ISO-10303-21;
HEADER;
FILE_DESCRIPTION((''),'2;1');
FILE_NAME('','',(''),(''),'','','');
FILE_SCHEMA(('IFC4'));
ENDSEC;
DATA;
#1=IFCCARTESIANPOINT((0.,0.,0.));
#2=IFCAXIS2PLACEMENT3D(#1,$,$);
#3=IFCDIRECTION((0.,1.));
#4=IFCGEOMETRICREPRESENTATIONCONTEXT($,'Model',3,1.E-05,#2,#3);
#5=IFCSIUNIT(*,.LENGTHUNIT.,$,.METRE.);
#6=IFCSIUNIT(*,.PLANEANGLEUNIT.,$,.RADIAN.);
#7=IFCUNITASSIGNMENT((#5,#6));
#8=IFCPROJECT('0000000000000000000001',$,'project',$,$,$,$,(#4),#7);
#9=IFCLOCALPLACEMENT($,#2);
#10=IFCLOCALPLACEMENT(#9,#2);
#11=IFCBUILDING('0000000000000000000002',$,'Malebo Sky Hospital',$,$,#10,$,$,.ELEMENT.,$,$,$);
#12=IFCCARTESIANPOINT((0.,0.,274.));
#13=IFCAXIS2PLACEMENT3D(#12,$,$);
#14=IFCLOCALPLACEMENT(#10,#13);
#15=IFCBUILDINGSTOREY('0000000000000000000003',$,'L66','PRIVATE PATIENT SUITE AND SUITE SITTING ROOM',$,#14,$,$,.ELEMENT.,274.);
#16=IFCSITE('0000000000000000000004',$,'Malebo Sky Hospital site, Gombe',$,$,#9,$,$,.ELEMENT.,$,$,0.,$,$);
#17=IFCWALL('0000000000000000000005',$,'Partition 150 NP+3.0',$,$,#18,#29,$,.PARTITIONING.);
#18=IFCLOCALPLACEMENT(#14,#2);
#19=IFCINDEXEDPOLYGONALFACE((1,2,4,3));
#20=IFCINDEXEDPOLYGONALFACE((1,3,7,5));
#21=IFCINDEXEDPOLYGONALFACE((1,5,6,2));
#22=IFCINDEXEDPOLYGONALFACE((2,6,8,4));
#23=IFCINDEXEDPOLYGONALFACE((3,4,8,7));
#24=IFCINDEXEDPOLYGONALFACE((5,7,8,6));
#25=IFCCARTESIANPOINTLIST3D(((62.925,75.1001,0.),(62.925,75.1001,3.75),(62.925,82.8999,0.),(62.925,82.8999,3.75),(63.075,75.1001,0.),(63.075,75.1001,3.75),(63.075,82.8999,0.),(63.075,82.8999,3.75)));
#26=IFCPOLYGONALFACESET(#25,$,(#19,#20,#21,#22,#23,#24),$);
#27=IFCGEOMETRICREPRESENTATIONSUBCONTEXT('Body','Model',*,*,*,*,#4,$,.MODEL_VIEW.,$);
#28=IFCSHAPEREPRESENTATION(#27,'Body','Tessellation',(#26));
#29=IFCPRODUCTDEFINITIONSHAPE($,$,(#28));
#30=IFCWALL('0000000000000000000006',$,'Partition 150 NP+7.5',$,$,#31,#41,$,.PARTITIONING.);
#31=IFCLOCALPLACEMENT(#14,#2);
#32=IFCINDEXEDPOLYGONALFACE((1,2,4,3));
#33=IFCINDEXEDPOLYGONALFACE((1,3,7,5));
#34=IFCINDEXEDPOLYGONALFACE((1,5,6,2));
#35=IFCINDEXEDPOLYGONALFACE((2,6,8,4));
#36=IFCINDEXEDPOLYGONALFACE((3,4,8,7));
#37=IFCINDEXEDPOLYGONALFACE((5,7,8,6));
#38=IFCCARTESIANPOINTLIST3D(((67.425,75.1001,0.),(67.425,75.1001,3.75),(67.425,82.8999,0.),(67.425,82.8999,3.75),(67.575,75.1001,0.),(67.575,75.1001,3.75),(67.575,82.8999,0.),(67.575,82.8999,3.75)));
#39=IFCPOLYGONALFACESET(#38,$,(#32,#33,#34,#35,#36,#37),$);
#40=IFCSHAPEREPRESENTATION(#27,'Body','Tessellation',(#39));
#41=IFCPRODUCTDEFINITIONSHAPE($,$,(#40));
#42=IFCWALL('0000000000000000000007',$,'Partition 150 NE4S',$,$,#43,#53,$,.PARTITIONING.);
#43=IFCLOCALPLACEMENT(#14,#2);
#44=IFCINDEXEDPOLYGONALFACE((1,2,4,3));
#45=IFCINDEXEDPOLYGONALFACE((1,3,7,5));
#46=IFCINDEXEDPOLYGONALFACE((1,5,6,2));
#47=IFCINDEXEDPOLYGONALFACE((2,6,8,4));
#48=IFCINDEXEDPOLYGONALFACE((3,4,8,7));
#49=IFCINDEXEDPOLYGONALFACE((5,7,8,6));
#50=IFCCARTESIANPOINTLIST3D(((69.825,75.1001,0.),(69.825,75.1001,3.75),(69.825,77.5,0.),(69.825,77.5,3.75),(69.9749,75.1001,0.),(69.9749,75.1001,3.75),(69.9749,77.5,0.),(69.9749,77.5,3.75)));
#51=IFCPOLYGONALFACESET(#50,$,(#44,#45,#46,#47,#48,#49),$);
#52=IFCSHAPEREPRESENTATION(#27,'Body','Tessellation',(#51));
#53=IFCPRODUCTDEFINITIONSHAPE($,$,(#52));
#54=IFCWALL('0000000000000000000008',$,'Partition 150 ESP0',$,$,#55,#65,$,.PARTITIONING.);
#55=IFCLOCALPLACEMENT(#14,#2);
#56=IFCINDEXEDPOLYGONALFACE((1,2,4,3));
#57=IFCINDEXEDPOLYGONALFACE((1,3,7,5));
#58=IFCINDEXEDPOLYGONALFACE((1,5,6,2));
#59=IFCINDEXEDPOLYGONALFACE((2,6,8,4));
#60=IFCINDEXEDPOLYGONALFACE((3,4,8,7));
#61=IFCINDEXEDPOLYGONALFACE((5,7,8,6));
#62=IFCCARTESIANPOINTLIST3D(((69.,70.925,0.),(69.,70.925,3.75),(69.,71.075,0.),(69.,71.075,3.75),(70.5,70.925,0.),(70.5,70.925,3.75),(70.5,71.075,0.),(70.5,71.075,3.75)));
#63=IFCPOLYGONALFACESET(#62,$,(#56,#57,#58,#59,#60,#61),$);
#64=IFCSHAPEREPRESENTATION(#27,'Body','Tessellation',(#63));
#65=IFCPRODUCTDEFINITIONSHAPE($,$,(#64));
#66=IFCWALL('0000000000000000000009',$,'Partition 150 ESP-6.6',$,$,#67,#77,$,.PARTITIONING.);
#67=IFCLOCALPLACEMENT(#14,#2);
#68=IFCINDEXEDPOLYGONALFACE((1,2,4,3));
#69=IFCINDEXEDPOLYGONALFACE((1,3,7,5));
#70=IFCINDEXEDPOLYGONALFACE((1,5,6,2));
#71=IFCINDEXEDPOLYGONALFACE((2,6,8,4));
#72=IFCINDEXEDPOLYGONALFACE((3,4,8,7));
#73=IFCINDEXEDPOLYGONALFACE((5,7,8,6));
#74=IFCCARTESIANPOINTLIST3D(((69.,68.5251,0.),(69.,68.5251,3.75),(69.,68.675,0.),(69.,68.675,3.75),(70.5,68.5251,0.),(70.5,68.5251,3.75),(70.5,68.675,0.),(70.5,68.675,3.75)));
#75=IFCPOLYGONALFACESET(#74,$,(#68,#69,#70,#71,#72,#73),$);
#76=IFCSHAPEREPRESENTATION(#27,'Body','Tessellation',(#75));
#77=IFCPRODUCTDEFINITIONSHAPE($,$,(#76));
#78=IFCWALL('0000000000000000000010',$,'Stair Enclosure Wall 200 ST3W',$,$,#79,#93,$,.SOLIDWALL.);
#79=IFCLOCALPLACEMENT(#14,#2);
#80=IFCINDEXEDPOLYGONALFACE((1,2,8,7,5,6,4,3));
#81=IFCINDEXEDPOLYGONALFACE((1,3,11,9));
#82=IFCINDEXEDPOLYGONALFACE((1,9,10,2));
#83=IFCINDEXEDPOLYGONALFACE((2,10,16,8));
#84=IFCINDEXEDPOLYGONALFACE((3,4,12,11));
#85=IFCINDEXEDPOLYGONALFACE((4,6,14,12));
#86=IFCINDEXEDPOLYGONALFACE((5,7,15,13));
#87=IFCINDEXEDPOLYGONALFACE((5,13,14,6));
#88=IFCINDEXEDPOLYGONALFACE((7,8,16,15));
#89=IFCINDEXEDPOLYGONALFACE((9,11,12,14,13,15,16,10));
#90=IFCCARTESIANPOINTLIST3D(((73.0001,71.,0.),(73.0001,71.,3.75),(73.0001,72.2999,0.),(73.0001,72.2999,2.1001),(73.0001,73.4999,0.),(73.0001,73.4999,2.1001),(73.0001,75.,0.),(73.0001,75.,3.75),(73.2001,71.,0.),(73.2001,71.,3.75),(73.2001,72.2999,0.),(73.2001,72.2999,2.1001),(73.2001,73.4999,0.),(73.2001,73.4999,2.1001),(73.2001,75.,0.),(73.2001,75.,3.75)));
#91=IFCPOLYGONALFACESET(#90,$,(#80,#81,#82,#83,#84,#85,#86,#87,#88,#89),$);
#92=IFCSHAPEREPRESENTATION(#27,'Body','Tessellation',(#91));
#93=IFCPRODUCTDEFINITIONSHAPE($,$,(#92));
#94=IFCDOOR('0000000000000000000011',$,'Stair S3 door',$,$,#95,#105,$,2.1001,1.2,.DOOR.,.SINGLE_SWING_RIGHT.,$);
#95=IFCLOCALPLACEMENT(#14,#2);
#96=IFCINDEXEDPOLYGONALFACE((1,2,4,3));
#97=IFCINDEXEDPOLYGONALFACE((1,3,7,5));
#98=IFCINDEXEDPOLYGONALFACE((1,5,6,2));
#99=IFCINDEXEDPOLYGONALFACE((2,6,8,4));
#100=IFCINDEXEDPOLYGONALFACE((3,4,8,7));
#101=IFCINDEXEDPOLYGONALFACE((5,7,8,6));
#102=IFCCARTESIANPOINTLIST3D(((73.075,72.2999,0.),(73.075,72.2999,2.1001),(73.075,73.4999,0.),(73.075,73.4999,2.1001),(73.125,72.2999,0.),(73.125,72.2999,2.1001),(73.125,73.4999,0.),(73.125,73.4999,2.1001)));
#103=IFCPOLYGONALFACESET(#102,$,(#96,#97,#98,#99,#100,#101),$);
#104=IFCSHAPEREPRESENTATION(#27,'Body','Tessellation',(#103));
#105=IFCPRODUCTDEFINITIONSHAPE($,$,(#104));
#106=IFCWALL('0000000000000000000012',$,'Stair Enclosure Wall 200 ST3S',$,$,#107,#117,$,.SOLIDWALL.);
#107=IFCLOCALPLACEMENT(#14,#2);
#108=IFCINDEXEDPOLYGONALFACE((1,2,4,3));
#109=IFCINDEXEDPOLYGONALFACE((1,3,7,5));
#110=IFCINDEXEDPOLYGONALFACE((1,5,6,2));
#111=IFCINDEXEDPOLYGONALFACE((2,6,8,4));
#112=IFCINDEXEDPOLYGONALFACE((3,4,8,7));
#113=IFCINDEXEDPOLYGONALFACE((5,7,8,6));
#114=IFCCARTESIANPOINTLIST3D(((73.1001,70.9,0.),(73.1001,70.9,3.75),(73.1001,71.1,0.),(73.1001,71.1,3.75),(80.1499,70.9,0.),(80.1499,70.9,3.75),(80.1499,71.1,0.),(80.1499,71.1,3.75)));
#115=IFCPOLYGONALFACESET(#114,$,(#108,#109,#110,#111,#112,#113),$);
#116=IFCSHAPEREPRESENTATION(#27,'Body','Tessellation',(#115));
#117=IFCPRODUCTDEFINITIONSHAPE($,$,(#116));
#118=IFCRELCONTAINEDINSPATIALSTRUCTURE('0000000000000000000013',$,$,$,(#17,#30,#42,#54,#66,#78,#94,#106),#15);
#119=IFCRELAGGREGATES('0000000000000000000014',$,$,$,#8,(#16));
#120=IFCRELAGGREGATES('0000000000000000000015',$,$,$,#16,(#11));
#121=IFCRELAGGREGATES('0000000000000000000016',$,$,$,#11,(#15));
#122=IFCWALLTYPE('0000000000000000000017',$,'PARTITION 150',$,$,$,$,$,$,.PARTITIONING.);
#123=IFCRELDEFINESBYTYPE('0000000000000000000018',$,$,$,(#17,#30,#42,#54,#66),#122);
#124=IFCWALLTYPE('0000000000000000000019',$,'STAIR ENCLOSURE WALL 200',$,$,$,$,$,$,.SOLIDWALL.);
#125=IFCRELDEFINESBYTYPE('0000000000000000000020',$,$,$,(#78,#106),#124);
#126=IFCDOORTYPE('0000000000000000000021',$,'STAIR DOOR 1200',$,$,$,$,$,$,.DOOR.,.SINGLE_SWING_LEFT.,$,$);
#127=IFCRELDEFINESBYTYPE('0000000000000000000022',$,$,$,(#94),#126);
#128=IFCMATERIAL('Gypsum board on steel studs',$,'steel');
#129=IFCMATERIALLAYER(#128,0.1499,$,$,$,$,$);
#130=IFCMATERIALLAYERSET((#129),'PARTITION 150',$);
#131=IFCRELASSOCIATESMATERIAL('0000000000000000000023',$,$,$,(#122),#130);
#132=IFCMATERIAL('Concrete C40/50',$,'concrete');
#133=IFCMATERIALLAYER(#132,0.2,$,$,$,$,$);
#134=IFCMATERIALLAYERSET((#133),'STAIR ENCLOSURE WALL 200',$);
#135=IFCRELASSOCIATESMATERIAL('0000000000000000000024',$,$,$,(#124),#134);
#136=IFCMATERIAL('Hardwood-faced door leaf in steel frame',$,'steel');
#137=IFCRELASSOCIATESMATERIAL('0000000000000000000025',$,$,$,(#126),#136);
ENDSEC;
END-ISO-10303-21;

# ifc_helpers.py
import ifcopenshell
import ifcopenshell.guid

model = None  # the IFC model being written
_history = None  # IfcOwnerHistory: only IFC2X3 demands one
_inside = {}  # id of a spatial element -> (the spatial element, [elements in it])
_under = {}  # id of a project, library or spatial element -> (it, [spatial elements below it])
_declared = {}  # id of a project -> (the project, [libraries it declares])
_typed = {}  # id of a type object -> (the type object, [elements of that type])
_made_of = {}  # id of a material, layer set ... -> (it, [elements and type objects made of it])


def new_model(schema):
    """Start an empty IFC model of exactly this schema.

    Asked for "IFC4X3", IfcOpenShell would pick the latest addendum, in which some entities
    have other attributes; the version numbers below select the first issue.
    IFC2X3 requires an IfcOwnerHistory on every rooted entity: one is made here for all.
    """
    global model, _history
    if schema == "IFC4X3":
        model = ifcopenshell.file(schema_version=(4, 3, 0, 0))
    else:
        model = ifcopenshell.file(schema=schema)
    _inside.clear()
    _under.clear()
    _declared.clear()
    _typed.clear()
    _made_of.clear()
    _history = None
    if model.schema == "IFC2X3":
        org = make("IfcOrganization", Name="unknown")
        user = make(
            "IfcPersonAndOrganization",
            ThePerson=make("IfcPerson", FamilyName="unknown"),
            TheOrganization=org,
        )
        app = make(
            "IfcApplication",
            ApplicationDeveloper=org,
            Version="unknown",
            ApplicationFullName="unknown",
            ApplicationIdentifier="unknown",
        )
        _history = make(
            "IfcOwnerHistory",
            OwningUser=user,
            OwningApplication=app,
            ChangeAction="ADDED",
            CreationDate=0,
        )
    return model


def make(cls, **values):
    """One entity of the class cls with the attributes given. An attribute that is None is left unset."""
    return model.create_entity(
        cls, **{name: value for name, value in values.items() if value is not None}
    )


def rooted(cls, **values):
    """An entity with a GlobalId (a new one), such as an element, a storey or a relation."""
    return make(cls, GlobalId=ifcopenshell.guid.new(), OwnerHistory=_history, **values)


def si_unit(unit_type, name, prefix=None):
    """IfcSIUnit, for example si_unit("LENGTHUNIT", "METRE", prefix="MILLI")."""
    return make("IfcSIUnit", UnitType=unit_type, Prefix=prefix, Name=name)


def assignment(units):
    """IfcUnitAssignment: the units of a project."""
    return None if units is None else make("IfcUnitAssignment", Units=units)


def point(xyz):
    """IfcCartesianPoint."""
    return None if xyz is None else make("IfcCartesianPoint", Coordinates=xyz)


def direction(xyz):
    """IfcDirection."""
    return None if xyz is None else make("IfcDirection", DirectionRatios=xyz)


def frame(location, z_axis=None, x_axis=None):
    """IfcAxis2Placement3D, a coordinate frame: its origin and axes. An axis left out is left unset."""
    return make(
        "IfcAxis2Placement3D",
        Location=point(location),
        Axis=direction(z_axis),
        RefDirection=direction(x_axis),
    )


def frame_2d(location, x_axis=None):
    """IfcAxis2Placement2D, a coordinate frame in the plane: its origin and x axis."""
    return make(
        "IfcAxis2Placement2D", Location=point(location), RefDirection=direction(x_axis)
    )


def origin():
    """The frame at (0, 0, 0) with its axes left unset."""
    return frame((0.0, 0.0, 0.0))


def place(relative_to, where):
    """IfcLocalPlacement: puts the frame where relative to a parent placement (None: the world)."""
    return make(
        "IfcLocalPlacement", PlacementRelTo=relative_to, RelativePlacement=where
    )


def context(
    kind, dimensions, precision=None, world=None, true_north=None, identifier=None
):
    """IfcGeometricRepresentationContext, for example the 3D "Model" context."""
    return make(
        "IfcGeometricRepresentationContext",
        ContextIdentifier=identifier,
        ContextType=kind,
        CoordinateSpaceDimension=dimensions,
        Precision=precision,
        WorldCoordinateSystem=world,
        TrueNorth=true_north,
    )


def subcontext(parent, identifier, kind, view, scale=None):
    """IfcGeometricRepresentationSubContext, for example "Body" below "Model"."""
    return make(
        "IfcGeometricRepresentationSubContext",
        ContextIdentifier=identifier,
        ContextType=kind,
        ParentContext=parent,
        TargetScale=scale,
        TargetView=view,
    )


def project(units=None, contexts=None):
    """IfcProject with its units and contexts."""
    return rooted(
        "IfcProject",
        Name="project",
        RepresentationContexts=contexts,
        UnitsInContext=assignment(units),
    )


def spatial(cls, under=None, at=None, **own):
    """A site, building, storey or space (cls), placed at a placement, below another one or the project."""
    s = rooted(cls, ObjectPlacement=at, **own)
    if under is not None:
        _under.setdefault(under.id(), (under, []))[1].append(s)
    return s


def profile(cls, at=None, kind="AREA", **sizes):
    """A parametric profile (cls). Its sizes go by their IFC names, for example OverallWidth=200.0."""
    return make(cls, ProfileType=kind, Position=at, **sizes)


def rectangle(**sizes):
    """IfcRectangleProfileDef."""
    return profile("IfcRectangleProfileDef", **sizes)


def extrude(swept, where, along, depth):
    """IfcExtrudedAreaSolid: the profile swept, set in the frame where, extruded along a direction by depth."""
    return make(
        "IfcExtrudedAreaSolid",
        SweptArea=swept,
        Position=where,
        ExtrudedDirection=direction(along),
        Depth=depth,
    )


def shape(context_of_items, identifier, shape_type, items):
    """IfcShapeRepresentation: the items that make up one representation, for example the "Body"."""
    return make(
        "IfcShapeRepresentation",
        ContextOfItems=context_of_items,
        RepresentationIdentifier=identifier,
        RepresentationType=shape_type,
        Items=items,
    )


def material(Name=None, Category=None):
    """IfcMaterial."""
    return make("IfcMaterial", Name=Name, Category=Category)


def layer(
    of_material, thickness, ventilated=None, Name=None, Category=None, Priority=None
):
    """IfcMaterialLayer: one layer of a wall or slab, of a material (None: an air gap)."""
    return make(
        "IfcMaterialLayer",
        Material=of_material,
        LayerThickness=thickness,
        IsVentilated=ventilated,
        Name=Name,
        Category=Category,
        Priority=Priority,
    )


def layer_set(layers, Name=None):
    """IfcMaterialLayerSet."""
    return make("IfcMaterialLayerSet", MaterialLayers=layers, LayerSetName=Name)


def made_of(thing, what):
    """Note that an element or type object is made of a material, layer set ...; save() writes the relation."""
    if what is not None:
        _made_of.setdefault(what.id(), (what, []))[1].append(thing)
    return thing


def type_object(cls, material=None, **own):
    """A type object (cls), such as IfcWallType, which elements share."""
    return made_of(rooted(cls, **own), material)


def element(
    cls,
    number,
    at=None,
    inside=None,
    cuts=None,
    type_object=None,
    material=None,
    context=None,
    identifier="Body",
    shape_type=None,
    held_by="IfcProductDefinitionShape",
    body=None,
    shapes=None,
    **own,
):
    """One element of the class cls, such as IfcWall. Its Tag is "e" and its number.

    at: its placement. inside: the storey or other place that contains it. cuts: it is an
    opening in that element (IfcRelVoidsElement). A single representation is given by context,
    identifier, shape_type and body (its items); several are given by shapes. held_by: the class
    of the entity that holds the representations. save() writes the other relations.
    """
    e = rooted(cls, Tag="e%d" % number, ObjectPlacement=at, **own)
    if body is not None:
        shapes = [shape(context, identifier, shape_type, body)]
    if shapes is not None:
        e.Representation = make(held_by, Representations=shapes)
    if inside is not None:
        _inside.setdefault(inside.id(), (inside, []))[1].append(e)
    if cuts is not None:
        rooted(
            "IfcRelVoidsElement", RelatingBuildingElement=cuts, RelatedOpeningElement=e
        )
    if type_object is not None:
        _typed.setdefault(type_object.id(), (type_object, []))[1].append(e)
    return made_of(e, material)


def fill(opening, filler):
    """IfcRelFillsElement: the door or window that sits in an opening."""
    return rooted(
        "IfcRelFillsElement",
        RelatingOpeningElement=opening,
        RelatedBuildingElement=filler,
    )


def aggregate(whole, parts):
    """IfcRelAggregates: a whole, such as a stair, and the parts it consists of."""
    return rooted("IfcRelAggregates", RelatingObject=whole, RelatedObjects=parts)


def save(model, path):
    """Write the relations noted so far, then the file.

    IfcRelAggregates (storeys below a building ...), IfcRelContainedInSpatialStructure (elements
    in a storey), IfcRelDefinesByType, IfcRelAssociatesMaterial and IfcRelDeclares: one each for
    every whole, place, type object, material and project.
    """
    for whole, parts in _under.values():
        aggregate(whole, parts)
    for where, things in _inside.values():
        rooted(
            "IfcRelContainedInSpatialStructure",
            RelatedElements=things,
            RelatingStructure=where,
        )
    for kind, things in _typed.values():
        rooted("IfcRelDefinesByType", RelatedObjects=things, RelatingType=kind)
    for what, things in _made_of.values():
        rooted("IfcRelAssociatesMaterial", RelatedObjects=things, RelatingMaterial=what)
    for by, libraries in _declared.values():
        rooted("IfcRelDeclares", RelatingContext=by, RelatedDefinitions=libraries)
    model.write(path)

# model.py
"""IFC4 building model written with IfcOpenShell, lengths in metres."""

from ifc_helpers import new_model, si_unit, direction, frame, frame_2d, origin, place, context, subcontext, project, spatial, rectangle, extrude, material, layer, layer_set, type_object, element, fill, save


model = new_model("IFC4")

# Units and contexts
model_context = context("Model", 3, precision=1e-05, world=origin(), true_north=direction((0.0, 1.0)))
body_context = subcontext(model_context, "Body", "Model", "MODEL_VIEW")
ifc_project = project(units=[si_unit("LENGTHUNIT", "METRE"), si_unit("PLANEANGLEUNIT", "RADIAN")], contexts=[model_context])

# Site, building, storey
site_placement = place(None, origin())
site = spatial("IfcSite", under=ifc_project, at=site_placement, Name="Malebo Sky Hospital site, Gombe", CompositionType="ELEMENT", RefElevation=0.0)
building_placement = place(site_placement, origin())
building = spatial("IfcBuilding", under=site, at=building_placement, Name="Malebo Sky Hospital", CompositionType="ELEMENT")
storey_placement = place(building_placement, frame((0.0, 0.0, 274.0)))
storey = spatial("IfcBuildingStorey", under=building, at=storey_placement, Name="L66", Description="PRIVATE PATIENT SUITE AND SUITE SITTING ROOM", CompositionType="ELEMENT", Elevation=274.0)

# Shared definitions
ifc_material_1 = material(Name="Gypsum board on steel studs", Category="steel")
ifc_material_2 = material(Name="Hardwood-faced door leaf in steel frame", Category="steel")

# Walls
ifc_layer_1 = layer(ifc_material_1, 0.1499)
ifc_layer_set_1 = layer_set([ifc_layer_1], Name="PARTITION 150")
wall_type_1 = type_object("IfcWallType", Name="PARTITION 150", PredefinedType="PARTITIONING", material=ifc_layer_set_1)
for number, where, z_axis, x_axis, name in (
    (1, (63.0, 75.1001, 0.0), (0.0, 0.0, 1.0), (0.0, 1.0, 0.0), "Partition 150 NP+3.0"),
    (2, (67.5, 75.1001, 0.0), (0.0, 0.0, 1.0), (0.0, 1.0, 0.0), "Partition 150 NP+7.5"),
):
    element("IfcWall", number, at=place(storey_placement, frame(where, z_axis=z_axis, x_axis=x_axis)), inside=storey, type_object=wall_type_1, Name=name, PredefinedType="PARTITIONING", context=body_context, shape_type="SweptSolid", body=[
        extrude(rectangle(XDim=7.7998, YDim=0.1499, at=frame_2d((3.8999, 0.0))), origin(), (0.0, 0.0, 1.0), 3.75),
    ])
wall_1_placement = place(storey_placement, frame((69.8999, 75.1001, 0.0), z_axis=(0.0, 0.0, 1.0), x_axis=(0.0, 1.0, 0.0)))
element("IfcWall", 3, at=wall_1_placement, inside=storey, type_object=wall_type_1, Name="Partition 150 NE4S", PredefinedType="PARTITIONING", context=body_context, shape_type="SweptSolid", body=[
    extrude(rectangle(XDim=2.3999, YDim=0.1499, at=frame_2d((1.2, 0.0))), origin(), (0.0, 0.0, 1.0), 3.75),
])
for number, where, z_axis, x_axis, name in (
    (4, (69.0, 71.0, 0.0), (0.0, 0.0, 1.0), (1.0, 0.0, 0.0), "Partition 150 ESP0"),
    (5, (69.0, 68.6001, 0.0), (0.0, 0.0, 1.0), (1.0, 0.0, 0.0), "Partition 150 ESP-6.6"),
):
    element("IfcWall", number, at=place(storey_placement, frame(where, z_axis=z_axis, x_axis=x_axis)), inside=storey, type_object=wall_type_1, Name=name, PredefinedType="PARTITIONING", context=body_context, shape_type="SweptSolid", body=[
        extrude(rectangle(XDim=1.5, YDim=0.1499, at=frame_2d((0.75, 0.0))), origin(), (0.0, 0.0, 1.0), 3.75),
    ])

# Wall, opening, door
ifc_material_3 = material(Name="Concrete C40/50", Category="concrete")
ifc_layer_2 = layer(ifc_material_3, 0.2)
ifc_layer_set_2 = layer_set([ifc_layer_2], Name="STAIR ENCLOSURE WALL 200")
wall_type_2 = type_object("IfcWallType", Name="STAIR ENCLOSURE WALL 200", PredefinedType="SOLIDWALL", material=ifc_layer_set_2)
wall_2_placement = place(storey_placement, frame((73.1001, 75.0, 0.0), z_axis=(0.0, 0.0, 1.0), x_axis=(0.0, -1.0, 0.0)))
wall_2 = element("IfcWall", 6, at=wall_2_placement, inside=storey, type_object=wall_type_2, Name="Stair Enclosure Wall 200 ST3W", PredefinedType="SOLIDWALL", context=body_context, shape_type="SweptSolid", body=[
    extrude(rectangle(XDim=4.0, YDim=0.2, at=frame_2d((2.0, 0.0))), origin(), (0.0, 0.0, 1.0), 3.75),
])
opening_1_placement = place(wall_2_placement, frame((1.5, 0.0, 0.0)))
opening_1 = element("IfcOpeningElement", 7, at=opening_1_placement, cuts=wall_2, PredefinedType="OPENING", context=body_context, shape_type="SweptSolid", body=[
    extrude(rectangle(XDim=1.2, YDim=2.1001, at=frame_2d((0.6001, 1.05))), frame((0.0, 0.1099, 0.0), z_axis=(0.0, -1.0, 0.0), x_axis=(1.0, 0.0, 0.0)), (0.0, 0.0, 1.0), 0.22),
])
door_type_1 = type_object("IfcDoorType", Name="STAIR DOOR 1200", OperationType="SINGLE_SWING_LEFT", PredefinedType="DOOR", material=ifc_material_2)
door_1_placement = place(opening_1_placement, origin())
door_1 = element("IfcDoor", 8, at=door_1_placement, inside=storey, type_object=door_type_1, Name="Stair S3 door", OperationType="SINGLE_SWING_RIGHT", OverallHeight=2.1001, OverallWidth=1.2, PredefinedType="DOOR", context=body_context, shape_type="SweptSolid", body=[
    extrude(rectangle(XDim=1.2, YDim=2.1001, at=frame_2d((0.6001, 1.05))), frame((0.0, 0.0249, 0.0), z_axis=(0.0, -1.0, 0.0), x_axis=(1.0, 0.0, 0.0)), (0.0, 0.0, 1.0), 0.05),
])
fill(opening_1, door_1)

# Wall
wall_3_placement = place(storey_placement, frame((73.1001, 71.0, 0.0), z_axis=(0.0, 0.0, 1.0), x_axis=(1.0, 0.0, 0.0)))
element("IfcWall", 9, at=wall_3_placement, inside=storey, type_object=wall_type_2, Name="Stair Enclosure Wall 200 ST3S", PredefinedType="SOLIDWALL", context=body_context, shape_type="SweptSolid", body=[
    extrude(rectangle(XDim=7.0498, YDim=0.2, at=frame_2d((3.5249, 0.0))), origin(), (0.0, 0.0, 1.0), 3.75),
])

save(model, "model.ifc")
